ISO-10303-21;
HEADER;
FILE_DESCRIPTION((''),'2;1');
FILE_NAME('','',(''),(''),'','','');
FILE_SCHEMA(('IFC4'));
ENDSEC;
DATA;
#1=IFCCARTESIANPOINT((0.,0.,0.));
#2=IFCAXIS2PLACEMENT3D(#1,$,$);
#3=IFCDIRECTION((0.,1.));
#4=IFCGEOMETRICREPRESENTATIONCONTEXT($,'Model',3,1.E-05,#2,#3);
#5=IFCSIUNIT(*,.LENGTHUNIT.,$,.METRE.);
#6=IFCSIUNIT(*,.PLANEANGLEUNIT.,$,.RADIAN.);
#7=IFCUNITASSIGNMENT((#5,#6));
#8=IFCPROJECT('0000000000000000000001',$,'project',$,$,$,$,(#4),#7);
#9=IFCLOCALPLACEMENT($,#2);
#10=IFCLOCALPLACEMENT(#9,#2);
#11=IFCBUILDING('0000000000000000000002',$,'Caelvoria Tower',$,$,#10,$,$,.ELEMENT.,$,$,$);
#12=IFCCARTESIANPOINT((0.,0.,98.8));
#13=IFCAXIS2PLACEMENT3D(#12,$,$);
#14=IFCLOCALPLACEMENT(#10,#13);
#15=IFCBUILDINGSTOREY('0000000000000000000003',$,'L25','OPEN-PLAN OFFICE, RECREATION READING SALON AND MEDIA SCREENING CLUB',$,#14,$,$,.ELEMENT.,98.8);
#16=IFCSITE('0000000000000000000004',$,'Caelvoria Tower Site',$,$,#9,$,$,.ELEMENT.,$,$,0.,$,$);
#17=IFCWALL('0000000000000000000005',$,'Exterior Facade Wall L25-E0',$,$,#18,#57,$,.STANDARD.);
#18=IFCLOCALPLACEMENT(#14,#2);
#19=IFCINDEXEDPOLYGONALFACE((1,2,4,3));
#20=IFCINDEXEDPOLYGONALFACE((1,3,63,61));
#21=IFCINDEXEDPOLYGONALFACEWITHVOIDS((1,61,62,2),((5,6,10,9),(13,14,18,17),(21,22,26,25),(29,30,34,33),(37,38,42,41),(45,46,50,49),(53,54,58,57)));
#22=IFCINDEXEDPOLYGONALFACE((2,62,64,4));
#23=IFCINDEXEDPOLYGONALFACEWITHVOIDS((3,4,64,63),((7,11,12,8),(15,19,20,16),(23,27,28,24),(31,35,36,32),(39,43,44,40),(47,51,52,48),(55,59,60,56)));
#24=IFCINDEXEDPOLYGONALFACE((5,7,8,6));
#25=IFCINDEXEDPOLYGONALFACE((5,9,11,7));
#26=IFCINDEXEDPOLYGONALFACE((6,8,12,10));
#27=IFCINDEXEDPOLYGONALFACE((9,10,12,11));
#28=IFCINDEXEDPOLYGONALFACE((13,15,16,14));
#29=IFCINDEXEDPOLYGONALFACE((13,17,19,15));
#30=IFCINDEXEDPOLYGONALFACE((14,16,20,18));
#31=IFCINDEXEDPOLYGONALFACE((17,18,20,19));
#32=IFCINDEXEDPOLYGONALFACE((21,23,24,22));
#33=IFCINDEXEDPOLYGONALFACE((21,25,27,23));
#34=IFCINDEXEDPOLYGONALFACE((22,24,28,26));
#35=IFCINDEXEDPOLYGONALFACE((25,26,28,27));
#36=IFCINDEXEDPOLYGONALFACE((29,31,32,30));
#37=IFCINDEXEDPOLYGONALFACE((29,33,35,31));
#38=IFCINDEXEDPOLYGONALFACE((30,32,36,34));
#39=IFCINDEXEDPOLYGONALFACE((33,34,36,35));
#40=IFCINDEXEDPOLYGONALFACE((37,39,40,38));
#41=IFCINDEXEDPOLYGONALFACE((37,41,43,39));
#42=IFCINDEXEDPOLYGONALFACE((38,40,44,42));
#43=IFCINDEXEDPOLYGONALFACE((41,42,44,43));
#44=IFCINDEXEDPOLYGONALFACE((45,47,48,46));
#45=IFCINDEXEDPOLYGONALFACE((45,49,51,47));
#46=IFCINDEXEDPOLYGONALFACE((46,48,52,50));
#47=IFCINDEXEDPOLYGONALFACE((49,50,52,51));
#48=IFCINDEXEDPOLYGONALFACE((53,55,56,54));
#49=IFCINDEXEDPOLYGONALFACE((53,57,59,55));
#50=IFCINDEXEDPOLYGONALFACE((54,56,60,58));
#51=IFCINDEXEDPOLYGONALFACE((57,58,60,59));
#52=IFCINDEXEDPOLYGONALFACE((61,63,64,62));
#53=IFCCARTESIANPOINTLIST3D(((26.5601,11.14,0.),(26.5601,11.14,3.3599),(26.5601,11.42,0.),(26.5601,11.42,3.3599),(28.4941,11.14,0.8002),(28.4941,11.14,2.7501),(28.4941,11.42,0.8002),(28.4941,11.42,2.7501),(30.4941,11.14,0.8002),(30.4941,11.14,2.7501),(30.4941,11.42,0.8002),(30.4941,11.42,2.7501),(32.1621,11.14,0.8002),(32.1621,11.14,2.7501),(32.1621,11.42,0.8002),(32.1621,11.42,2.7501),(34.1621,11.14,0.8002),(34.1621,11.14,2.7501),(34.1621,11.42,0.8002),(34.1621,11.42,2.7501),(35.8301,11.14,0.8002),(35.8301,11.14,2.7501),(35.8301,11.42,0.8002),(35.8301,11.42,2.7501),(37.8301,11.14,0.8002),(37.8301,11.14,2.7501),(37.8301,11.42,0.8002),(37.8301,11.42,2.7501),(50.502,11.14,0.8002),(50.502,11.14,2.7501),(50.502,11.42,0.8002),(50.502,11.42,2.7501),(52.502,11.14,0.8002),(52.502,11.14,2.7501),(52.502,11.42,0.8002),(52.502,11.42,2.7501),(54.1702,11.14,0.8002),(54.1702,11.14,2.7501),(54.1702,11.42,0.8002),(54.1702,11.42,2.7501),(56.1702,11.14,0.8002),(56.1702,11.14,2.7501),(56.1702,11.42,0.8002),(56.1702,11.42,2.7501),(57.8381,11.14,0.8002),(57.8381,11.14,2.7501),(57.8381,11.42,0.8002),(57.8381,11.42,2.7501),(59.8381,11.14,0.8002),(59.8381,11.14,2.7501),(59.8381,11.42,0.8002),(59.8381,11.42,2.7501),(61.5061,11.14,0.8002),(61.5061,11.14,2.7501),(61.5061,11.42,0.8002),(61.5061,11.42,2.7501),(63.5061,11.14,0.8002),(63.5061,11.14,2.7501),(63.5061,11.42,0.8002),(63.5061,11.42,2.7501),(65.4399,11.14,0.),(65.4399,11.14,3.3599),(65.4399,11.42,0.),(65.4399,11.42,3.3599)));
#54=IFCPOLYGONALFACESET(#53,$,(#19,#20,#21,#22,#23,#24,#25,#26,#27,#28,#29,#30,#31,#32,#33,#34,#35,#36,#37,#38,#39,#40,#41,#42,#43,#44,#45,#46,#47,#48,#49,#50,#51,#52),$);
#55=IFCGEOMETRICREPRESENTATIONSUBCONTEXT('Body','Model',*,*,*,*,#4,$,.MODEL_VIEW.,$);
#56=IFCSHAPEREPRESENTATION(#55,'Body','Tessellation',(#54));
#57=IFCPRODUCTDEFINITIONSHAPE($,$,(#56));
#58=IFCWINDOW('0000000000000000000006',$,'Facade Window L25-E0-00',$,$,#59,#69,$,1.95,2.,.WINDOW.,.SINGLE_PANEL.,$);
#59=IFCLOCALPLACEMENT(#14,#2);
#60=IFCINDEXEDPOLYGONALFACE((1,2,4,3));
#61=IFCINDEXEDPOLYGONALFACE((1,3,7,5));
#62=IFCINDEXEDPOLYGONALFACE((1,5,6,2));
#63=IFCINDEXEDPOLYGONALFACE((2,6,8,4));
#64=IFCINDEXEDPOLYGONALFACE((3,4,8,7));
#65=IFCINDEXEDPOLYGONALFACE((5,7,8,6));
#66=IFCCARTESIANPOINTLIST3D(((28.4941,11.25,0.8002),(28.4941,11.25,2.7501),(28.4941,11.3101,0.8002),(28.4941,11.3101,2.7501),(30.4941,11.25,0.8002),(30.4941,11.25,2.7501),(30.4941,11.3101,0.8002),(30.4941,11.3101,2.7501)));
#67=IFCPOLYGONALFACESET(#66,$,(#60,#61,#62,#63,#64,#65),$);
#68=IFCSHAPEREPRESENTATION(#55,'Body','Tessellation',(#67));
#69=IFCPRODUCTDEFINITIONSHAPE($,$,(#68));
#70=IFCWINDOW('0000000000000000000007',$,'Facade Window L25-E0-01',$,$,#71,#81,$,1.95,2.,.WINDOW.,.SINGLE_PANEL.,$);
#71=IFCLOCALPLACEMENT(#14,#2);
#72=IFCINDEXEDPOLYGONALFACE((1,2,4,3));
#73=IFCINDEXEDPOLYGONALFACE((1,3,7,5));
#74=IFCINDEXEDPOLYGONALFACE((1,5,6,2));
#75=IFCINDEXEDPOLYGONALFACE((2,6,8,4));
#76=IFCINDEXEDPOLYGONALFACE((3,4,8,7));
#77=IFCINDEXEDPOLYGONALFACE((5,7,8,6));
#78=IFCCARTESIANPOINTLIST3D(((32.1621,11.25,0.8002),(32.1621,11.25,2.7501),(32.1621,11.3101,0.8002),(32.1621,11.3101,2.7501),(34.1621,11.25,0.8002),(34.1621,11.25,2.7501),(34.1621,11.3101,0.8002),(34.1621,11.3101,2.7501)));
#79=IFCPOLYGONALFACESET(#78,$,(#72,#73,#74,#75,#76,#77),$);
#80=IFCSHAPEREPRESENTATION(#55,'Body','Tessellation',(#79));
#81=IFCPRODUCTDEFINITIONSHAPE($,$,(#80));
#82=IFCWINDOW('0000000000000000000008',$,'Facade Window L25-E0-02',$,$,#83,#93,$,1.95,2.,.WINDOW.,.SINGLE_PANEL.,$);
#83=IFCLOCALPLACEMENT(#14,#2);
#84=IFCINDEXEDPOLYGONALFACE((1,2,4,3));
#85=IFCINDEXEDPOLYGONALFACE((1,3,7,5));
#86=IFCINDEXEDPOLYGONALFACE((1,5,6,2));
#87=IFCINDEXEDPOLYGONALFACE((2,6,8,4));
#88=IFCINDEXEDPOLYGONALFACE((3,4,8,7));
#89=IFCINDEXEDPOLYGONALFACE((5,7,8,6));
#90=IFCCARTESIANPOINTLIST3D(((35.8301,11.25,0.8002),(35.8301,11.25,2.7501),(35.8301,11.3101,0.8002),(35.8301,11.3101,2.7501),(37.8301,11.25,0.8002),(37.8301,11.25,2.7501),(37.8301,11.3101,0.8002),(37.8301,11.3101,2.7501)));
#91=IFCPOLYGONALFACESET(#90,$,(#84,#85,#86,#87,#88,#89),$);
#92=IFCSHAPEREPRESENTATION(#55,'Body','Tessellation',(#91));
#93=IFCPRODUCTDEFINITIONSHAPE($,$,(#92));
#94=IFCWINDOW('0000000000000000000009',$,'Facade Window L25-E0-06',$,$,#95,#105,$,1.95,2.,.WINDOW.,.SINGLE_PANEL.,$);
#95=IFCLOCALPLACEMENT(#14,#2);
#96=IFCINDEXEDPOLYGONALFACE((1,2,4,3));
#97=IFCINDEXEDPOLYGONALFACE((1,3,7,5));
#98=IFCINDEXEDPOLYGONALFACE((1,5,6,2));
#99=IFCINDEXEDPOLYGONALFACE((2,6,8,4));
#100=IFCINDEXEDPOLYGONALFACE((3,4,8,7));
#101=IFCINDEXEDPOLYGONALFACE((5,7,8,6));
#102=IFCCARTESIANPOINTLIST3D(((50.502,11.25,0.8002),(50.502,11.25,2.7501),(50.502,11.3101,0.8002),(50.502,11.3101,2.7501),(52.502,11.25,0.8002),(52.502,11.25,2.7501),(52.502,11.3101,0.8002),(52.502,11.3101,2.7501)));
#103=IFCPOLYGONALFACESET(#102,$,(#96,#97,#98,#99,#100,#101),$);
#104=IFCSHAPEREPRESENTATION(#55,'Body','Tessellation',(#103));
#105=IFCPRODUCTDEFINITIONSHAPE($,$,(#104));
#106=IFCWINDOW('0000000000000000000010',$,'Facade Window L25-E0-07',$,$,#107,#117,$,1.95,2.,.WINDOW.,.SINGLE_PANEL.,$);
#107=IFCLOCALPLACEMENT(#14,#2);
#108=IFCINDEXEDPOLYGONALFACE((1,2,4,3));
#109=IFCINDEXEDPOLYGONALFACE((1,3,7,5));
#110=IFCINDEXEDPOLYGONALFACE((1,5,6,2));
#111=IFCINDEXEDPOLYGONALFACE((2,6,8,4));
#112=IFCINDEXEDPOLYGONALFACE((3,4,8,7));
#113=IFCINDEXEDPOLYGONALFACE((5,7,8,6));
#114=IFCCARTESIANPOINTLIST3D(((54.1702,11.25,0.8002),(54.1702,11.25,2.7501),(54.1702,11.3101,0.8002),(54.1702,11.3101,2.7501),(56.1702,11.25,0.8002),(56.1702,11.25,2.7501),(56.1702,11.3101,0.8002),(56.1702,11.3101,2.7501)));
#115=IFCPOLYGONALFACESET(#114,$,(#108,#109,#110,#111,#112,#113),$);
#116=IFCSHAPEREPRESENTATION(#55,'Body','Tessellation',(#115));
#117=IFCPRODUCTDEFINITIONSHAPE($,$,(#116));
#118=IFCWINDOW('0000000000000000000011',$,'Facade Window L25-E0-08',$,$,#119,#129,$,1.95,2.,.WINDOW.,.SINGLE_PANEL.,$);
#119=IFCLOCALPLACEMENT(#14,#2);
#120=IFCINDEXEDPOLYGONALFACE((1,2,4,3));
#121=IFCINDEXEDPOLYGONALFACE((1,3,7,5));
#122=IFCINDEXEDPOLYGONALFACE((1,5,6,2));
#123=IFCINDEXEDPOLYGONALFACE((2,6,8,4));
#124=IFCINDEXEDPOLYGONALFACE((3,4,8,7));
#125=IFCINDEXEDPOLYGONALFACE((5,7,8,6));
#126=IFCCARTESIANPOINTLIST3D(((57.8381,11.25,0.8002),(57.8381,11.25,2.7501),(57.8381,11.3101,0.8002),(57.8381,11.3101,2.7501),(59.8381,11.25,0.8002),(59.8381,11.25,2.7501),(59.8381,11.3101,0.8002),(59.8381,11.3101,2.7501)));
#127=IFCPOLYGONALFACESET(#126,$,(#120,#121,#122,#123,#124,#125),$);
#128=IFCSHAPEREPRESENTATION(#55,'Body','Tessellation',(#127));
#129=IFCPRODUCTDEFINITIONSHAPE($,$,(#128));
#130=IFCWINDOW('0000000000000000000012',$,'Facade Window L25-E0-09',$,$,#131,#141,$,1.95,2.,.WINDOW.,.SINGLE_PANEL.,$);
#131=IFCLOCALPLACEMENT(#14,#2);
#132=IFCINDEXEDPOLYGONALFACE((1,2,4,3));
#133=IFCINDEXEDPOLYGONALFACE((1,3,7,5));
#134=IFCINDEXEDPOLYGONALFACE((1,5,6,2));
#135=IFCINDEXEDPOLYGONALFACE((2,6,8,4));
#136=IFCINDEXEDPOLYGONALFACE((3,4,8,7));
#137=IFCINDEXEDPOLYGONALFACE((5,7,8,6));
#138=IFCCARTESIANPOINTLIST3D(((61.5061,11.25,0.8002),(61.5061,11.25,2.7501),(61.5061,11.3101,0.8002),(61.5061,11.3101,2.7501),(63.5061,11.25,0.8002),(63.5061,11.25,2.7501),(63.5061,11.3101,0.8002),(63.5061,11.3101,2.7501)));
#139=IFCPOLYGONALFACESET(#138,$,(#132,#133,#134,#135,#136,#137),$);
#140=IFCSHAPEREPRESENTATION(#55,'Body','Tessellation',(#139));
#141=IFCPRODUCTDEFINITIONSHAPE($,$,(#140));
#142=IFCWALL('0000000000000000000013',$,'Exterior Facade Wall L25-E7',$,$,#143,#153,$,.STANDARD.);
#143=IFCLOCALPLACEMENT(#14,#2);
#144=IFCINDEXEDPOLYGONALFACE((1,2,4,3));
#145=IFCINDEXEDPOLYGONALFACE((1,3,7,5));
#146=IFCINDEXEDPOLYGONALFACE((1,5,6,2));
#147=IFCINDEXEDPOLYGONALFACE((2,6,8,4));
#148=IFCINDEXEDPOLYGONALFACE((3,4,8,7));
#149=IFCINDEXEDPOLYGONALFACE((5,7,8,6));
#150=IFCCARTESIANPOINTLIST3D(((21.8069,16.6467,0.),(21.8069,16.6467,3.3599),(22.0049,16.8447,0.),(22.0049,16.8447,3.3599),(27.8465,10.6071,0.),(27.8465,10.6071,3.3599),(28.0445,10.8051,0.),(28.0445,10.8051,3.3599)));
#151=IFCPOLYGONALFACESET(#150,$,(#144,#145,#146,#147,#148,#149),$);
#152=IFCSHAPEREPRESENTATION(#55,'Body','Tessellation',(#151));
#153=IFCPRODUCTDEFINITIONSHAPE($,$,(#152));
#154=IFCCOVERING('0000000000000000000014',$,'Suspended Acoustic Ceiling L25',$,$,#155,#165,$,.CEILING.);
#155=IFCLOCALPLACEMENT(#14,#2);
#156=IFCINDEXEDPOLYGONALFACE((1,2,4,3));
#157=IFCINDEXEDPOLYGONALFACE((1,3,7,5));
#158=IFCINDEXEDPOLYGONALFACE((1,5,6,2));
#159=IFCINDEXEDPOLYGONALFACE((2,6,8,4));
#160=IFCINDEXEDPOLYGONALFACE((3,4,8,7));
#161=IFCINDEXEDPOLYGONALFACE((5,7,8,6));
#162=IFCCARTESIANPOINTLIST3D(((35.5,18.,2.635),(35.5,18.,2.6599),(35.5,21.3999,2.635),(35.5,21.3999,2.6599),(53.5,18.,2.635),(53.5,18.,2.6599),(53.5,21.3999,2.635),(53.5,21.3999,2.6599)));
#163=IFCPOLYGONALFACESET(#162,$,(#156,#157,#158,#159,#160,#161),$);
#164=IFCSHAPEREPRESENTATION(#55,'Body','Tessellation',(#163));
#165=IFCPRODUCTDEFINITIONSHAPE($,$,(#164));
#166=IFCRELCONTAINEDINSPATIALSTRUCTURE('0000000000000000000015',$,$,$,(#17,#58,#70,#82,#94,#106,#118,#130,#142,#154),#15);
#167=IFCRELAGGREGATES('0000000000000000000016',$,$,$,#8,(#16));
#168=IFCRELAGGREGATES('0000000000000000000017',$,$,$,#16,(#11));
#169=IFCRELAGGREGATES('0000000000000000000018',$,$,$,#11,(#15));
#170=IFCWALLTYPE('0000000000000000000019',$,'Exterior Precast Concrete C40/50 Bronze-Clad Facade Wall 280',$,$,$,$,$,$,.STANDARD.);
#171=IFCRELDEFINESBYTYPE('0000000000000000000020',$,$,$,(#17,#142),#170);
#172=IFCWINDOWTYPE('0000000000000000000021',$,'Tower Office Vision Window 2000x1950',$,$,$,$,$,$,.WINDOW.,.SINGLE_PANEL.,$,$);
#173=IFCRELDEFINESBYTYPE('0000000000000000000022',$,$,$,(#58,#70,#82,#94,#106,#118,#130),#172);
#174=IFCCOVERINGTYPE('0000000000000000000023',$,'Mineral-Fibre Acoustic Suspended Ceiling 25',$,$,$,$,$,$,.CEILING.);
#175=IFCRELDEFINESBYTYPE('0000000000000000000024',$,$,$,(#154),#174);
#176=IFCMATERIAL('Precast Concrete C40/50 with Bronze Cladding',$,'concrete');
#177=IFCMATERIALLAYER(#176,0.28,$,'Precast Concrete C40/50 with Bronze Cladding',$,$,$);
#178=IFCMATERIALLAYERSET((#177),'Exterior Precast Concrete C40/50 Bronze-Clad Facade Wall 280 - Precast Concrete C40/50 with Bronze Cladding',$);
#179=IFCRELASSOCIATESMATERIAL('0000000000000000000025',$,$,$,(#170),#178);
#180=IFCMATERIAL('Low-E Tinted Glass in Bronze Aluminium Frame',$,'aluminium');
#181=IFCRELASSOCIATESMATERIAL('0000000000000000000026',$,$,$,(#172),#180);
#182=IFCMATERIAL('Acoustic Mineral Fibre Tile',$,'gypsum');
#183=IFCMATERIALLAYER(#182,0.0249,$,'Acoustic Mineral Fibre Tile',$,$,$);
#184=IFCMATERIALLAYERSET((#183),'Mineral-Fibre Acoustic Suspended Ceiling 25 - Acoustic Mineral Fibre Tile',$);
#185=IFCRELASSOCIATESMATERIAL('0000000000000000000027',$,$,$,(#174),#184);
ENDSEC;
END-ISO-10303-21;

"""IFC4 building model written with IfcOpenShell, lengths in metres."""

from ifc_helpers import new_model, si_unit, direction, frame, frame_2d, origin, place, context, subcontext, project, spatial, polyline, rectangle, outline, extrude, material, layer, layer_set, type_object, element, fill, save


model = new_model("IFC4")

# Units and contexts
model_context = context("Model", 3, precision=1e-05, world=origin(), true_north=direction((0.0, 1.0)))
body_context = subcontext(model_context, "Body", "Model", "MODEL_VIEW")
ifc_project = project(units=[si_unit("LENGTHUNIT", "METRE"), si_unit("PLANEANGLEUNIT", "RADIAN")], contexts=[model_context])

# Site, building, storey
site_placement = place(None, origin())
site = spatial("IfcSite", under=ifc_project, at=site_placement, Name="Caelvoria Tower Site", CompositionType="ELEMENT", RefElevation=0.0)
building_placement = place(site_placement, origin())
building = spatial("IfcBuilding", under=site, at=building_placement, Name="Caelvoria Tower", CompositionType="ELEMENT")
storey_placement = place(building_placement, frame((0.0, 0.0, 98.8)))
storey = spatial("IfcBuildingStorey", under=building, at=storey_placement, Name="L25", Description="OPEN-PLAN OFFICE, RECREATION READING SALON AND MEDIA SCREENING CLUB", CompositionType="ELEMENT", Elevation=98.8)

# Wall, openings, windows
ifc_material_1 = material(Name="Precast Concrete C40/50 with Bronze Cladding", Category="concrete")
ifc_layer_1 = layer(ifc_material_1, 0.28, Name="Precast Concrete C40/50 with Bronze Cladding")
ifc_layer_set_1 = layer_set([ifc_layer_1], Name="Exterior Precast Concrete C40/50 Bronze-Clad Facade Wall 280 - Precast Concrete C40/50 with Bronze Cladding")
wall_type = type_object("IfcWallType", Name="Exterior Precast Concrete C40/50 Bronze-Clad Facade Wall 280", PredefinedType="STANDARD", material=ifc_layer_set_1)
wall_1_placement = place(storey_placement, frame((26.5601, 11.28, 0.0), z_axis=(0.0, 0.0, 1.0), x_axis=(1.0, 0.0, 0.0)))
wall_1 = element("IfcWall", 1, at=wall_1_placement, inside=storey, type_object=wall_type, Name="Exterior Facade Wall L25-E0", PredefinedType="STANDARD", context=body_context, shape_type="SweptSolid", body=[
    extrude(rectangle(XDim=38.8799, YDim=0.28, at=frame_2d((19.4399, 0.0))), origin(), (0.0, 0.0, 1.0), 3.3599),
])
opening_1_placement = place(wall_1_placement, frame((1.9341, 0.0, 0.8)))
opening_1 = element("IfcOpeningElement", 2, at=opening_1_placement, cuts=wall_1, PredefinedType="OPENING", context=body_context, shape_type="SweptSolid", body=[
    extrude(rectangle(XDim=2.0, YDim=1.95, at=frame_2d((1.0, 0.9751))), frame((0.0, 0.1499, 0.0), z_axis=(0.0, -1.0, 0.0), x_axis=(1.0, 0.0, 0.0)), (0.0, 0.0, 1.0), 0.3),
])
opening_2_placement = place(wall_1_placement, frame((5.6021, 0.0, 0.8)))
opening_2 = element("IfcOpeningElement", 3, at=opening_2_placement, cuts=wall_1, PredefinedType="OPENING", context=body_context, shape_type="SweptSolid", body=[
    extrude(rectangle(XDim=2.0, YDim=1.95, at=frame_2d((1.0, 0.9751))), frame((0.0, 0.1499, 0.0), z_axis=(0.0, -1.0, 0.0), x_axis=(1.0, 0.0, 0.0)), (0.0, 0.0, 1.0), 0.3),
])
opening_3_placement = place(wall_1_placement, frame((9.27, 0.0, 0.8)))
opening_3 = element("IfcOpeningElement", 4, at=opening_3_placement, cuts=wall_1, PredefinedType="OPENING", context=body_context, shape_type="SweptSolid", body=[
    extrude(rectangle(XDim=2.0, YDim=1.95, at=frame_2d((1.0, 0.9751))), frame((0.0, 0.1499, 0.0), z_axis=(0.0, -1.0, 0.0), x_axis=(1.0, 0.0, 0.0)), (0.0, 0.0, 1.0), 0.3),
])
opening_4_placement = place(wall_1_placement, frame((23.9419, 0.0, 0.8)))
opening_4 = element("IfcOpeningElement", 5, at=opening_4_placement, cuts=wall_1, PredefinedType="OPENING", context=body_context, shape_type="SweptSolid", body=[
    extrude(rectangle(XDim=2.0, YDim=1.95, at=frame_2d((1.0, 0.9751))), frame((0.0, 0.1499, 0.0), z_axis=(0.0, -1.0, 0.0), x_axis=(1.0, 0.0, 0.0)), (0.0, 0.0, 1.0), 0.3),
])
opening_5_placement = place(wall_1_placement, frame((27.6101, 0.0, 0.8)))
opening_5 = element("IfcOpeningElement", 6, at=opening_5_placement, cuts=wall_1, PredefinedType="OPENING", context=body_context, shape_type="SweptSolid", body=[
    extrude(rectangle(XDim=2.0, YDim=1.95, at=frame_2d((1.0, 0.9751))), frame((0.0, 0.1499, 0.0), z_axis=(0.0, -1.0, 0.0), x_axis=(1.0, 0.0, 0.0)), (0.0, 0.0, 1.0), 0.3),
])
opening_6_placement = place(wall_1_placement, frame((31.2781, 0.0, 0.8)))
opening_6 = element("IfcOpeningElement", 7, at=opening_6_placement, cuts=wall_1, PredefinedType="OPENING", context=body_context, shape_type="SweptSolid", body=[
    extrude(rectangle(XDim=2.0, YDim=1.95, at=frame_2d((1.0, 0.9751))), frame((0.0, 0.1499, 0.0), z_axis=(0.0, -1.0, 0.0), x_axis=(1.0, 0.0, 0.0)), (0.0, 0.0, 1.0), 0.3),
])
opening_7_placement = place(wall_1_placement, frame((34.946, 0.0, 0.8)))
opening_7 = element("IfcOpeningElement", 8, at=opening_7_placement, cuts=wall_1, PredefinedType="OPENING", context=body_context, shape_type="SweptSolid", body=[
    extrude(rectangle(XDim=2.0, YDim=1.95, at=frame_2d((1.0, 0.9751))), frame((0.0, 0.1499, 0.0), z_axis=(0.0, -1.0, 0.0), x_axis=(1.0, 0.0, 0.0)), (0.0, 0.0, 1.0), 0.3),
])
ifc_material_2 = material(Name="Low-E Tinted Glass in Bronze Aluminium Frame", Category="aluminium")
window_type = type_object("IfcWindowType", Name="Tower Office Vision Window 2000x1950", PartitioningType="SINGLE_PANEL", PredefinedType="WINDOW", material=ifc_material_2)
window_1_placement = place(opening_1_placement, origin())
window_1 = element("IfcWindow", 9, at=window_1_placement, inside=storey, type_object=window_type, Name="Facade Window L25-E0-00", OverallHeight=1.95, OverallWidth=2.0, PartitioningType="SINGLE_PANEL", PredefinedType="WINDOW", context=body_context, shape_type="SweptSolid", body=[
    extrude(rectangle(XDim=2.0, YDim=1.95, at=frame_2d((1.0, 0.9751))), frame((0.0, 0.03, 0.0), z_axis=(0.0, -1.0, 0.0), x_axis=(1.0, 0.0, 0.0)), (0.0, 0.0, 1.0), 0.0601),
])
fill(opening_1, window_1)
window_2_placement = place(opening_2_placement, origin())
window_2 = element("IfcWindow", 10, at=window_2_placement, inside=storey, type_object=window_type, Name="Facade Window L25-E0-01", OverallHeight=1.95, OverallWidth=2.0, PartitioningType="SINGLE_PANEL", PredefinedType="WINDOW", context=body_context, shape_type="SweptSolid", body=[
    extrude(rectangle(XDim=2.0, YDim=1.95, at=frame_2d((1.0, 0.9751))), frame((0.0, 0.03, 0.0), z_axis=(0.0, -1.0, 0.0), x_axis=(1.0, 0.0, 0.0)), (0.0, 0.0, 1.0), 0.0601),
])
fill(opening_2, window_2)
window_3_placement = place(opening_3_placement, origin())
window_3 = element("IfcWindow", 11, at=window_3_placement, inside=storey, type_object=window_type, Name="Facade Window L25-E0-02", OverallHeight=1.95, OverallWidth=2.0, PartitioningType="SINGLE_PANEL", PredefinedType="WINDOW", context=body_context, shape_type="SweptSolid", body=[
    extrude(rectangle(XDim=2.0, YDim=1.95, at=frame_2d((1.0, 0.9751))), frame((0.0, 0.03, 0.0), z_axis=(0.0, -1.0, 0.0), x_axis=(1.0, 0.0, 0.0)), (0.0, 0.0, 1.0), 0.0601),
])
fill(opening_3, window_3)
window_4_placement = place(opening_4_placement, origin())
window_4 = element("IfcWindow", 12, at=window_4_placement, inside=storey, type_object=window_type, Name="Facade Window L25-E0-06", OverallHeight=1.95, OverallWidth=2.0, PartitioningType="SINGLE_PANEL", PredefinedType="WINDOW", context=body_context, shape_type="SweptSolid", body=[
    extrude(rectangle(XDim=2.0, YDim=1.95, at=frame_2d((1.0, 0.9751))), frame((0.0, 0.03, 0.0), z_axis=(0.0, -1.0, 0.0), x_axis=(1.0, 0.0, 0.0)), (0.0, 0.0, 1.0), 0.0601),
])
fill(opening_4, window_4)
window_5_placement = place(opening_5_placement, origin())
window_5 = element("IfcWindow", 13, at=window_5_placement, inside=storey, type_object=window_type, Name="Facade Window L25-E0-07", OverallHeight=1.95, OverallWidth=2.0, PartitioningType="SINGLE_PANEL", PredefinedType="WINDOW", context=body_context, shape_type="SweptSolid", body=[
    extrude(rectangle(XDim=2.0, YDim=1.95, at=frame_2d((1.0, 0.9751))), frame((0.0, 0.03, 0.0), z_axis=(0.0, -1.0, 0.0), x_axis=(1.0, 0.0, 0.0)), (0.0, 0.0, 1.0), 0.0601),
])
fill(opening_5, window_5)
window_6_placement = place(opening_6_placement, origin())
window_6 = element("IfcWindow", 14, at=window_6_placement, inside=storey, type_object=window_type, Name="Facade Window L25-E0-08", OverallHeight=1.95, OverallWidth=2.0, PartitioningType="SINGLE_PANEL", PredefinedType="WINDOW", context=body_context, shape_type="SweptSolid", body=[
    extrude(rectangle(XDim=2.0, YDim=1.95, at=frame_2d((1.0, 0.9751))), frame((0.0, 0.03, 0.0), z_axis=(0.0, -1.0, 0.0), x_axis=(1.0, 0.0, 0.0)), (0.0, 0.0, 1.0), 0.0601),
])
fill(opening_6, window_6)
window_7_placement = place(opening_7_placement, origin())
window_7 = element("IfcWindow", 15, at=window_7_placement, inside=storey, type_object=window_type, Name="Facade Window L25-E0-09", OverallHeight=1.95, OverallWidth=2.0, PartitioningType="SINGLE_PANEL", PredefinedType="WINDOW", context=body_context, shape_type="SweptSolid", body=[
    extrude(rectangle(XDim=2.0, YDim=1.95, at=frame_2d((1.0, 0.9751))), frame((0.0, 0.03, 0.0), z_axis=(0.0, -1.0, 0.0), x_axis=(1.0, 0.0, 0.0)), (0.0, 0.0, 1.0), 0.0601),
])
fill(opening_7, window_7)

# Wall
wall_2_placement = place(storey_placement, frame((21.906, 16.7456, 0.0), z_axis=(0.0, 0.0, 1.0), x_axis=(0.707107, -0.707107, 0.0)))
element("IfcWall", 16, at=wall_2_placement, inside=storey, type_object=wall_type, Name="Exterior Facade Wall L25-E7", PredefinedType="STANDARD", context=body_context, shape_type="SweptSolid", body=[
    extrude(rectangle(XDim=8.5413, YDim=0.28, at=frame_2d((4.2705, 0.0))), origin(), (0.0, 0.0, 1.0), 3.3599),
])

# Covering
ifc_material_3 = material(Name="Acoustic Mineral Fibre Tile", Category="gypsum")
ifc_layer_2 = layer(ifc_material_3, 0.0249, Name="Acoustic Mineral Fibre Tile")
ifc_layer_set_2 = layer_set([ifc_layer_2], Name="Mineral-Fibre Acoustic Suspended Ceiling 25 - Acoustic Mineral Fibre Tile")
covering_type_1 = type_object("IfcCoveringType", Name="Mineral-Fibre Acoustic Suspended Ceiling 25", PredefinedType="CEILING", material=ifc_layer_set_2)
covering_1_placement = place(storey_placement, frame((0.0, 0.0, 2.635)))
element("IfcCovering", 17, at=covering_1_placement, inside=storey, type_object=covering_type_1, Name="Suspended Acoustic Ceiling L25", PredefinedType="CEILING", context=body_context, shape_type="SweptSolid", body=[
    extrude(outline(polyline([(35.5, 18.0), (53.5, 18.0), (53.5, 21.3999), (35.5, 21.3999), (35.5, 18.0)])), origin(), (0.0, 0.0, 1.0), 0.0249),
])

save(model, "model.ifc")
